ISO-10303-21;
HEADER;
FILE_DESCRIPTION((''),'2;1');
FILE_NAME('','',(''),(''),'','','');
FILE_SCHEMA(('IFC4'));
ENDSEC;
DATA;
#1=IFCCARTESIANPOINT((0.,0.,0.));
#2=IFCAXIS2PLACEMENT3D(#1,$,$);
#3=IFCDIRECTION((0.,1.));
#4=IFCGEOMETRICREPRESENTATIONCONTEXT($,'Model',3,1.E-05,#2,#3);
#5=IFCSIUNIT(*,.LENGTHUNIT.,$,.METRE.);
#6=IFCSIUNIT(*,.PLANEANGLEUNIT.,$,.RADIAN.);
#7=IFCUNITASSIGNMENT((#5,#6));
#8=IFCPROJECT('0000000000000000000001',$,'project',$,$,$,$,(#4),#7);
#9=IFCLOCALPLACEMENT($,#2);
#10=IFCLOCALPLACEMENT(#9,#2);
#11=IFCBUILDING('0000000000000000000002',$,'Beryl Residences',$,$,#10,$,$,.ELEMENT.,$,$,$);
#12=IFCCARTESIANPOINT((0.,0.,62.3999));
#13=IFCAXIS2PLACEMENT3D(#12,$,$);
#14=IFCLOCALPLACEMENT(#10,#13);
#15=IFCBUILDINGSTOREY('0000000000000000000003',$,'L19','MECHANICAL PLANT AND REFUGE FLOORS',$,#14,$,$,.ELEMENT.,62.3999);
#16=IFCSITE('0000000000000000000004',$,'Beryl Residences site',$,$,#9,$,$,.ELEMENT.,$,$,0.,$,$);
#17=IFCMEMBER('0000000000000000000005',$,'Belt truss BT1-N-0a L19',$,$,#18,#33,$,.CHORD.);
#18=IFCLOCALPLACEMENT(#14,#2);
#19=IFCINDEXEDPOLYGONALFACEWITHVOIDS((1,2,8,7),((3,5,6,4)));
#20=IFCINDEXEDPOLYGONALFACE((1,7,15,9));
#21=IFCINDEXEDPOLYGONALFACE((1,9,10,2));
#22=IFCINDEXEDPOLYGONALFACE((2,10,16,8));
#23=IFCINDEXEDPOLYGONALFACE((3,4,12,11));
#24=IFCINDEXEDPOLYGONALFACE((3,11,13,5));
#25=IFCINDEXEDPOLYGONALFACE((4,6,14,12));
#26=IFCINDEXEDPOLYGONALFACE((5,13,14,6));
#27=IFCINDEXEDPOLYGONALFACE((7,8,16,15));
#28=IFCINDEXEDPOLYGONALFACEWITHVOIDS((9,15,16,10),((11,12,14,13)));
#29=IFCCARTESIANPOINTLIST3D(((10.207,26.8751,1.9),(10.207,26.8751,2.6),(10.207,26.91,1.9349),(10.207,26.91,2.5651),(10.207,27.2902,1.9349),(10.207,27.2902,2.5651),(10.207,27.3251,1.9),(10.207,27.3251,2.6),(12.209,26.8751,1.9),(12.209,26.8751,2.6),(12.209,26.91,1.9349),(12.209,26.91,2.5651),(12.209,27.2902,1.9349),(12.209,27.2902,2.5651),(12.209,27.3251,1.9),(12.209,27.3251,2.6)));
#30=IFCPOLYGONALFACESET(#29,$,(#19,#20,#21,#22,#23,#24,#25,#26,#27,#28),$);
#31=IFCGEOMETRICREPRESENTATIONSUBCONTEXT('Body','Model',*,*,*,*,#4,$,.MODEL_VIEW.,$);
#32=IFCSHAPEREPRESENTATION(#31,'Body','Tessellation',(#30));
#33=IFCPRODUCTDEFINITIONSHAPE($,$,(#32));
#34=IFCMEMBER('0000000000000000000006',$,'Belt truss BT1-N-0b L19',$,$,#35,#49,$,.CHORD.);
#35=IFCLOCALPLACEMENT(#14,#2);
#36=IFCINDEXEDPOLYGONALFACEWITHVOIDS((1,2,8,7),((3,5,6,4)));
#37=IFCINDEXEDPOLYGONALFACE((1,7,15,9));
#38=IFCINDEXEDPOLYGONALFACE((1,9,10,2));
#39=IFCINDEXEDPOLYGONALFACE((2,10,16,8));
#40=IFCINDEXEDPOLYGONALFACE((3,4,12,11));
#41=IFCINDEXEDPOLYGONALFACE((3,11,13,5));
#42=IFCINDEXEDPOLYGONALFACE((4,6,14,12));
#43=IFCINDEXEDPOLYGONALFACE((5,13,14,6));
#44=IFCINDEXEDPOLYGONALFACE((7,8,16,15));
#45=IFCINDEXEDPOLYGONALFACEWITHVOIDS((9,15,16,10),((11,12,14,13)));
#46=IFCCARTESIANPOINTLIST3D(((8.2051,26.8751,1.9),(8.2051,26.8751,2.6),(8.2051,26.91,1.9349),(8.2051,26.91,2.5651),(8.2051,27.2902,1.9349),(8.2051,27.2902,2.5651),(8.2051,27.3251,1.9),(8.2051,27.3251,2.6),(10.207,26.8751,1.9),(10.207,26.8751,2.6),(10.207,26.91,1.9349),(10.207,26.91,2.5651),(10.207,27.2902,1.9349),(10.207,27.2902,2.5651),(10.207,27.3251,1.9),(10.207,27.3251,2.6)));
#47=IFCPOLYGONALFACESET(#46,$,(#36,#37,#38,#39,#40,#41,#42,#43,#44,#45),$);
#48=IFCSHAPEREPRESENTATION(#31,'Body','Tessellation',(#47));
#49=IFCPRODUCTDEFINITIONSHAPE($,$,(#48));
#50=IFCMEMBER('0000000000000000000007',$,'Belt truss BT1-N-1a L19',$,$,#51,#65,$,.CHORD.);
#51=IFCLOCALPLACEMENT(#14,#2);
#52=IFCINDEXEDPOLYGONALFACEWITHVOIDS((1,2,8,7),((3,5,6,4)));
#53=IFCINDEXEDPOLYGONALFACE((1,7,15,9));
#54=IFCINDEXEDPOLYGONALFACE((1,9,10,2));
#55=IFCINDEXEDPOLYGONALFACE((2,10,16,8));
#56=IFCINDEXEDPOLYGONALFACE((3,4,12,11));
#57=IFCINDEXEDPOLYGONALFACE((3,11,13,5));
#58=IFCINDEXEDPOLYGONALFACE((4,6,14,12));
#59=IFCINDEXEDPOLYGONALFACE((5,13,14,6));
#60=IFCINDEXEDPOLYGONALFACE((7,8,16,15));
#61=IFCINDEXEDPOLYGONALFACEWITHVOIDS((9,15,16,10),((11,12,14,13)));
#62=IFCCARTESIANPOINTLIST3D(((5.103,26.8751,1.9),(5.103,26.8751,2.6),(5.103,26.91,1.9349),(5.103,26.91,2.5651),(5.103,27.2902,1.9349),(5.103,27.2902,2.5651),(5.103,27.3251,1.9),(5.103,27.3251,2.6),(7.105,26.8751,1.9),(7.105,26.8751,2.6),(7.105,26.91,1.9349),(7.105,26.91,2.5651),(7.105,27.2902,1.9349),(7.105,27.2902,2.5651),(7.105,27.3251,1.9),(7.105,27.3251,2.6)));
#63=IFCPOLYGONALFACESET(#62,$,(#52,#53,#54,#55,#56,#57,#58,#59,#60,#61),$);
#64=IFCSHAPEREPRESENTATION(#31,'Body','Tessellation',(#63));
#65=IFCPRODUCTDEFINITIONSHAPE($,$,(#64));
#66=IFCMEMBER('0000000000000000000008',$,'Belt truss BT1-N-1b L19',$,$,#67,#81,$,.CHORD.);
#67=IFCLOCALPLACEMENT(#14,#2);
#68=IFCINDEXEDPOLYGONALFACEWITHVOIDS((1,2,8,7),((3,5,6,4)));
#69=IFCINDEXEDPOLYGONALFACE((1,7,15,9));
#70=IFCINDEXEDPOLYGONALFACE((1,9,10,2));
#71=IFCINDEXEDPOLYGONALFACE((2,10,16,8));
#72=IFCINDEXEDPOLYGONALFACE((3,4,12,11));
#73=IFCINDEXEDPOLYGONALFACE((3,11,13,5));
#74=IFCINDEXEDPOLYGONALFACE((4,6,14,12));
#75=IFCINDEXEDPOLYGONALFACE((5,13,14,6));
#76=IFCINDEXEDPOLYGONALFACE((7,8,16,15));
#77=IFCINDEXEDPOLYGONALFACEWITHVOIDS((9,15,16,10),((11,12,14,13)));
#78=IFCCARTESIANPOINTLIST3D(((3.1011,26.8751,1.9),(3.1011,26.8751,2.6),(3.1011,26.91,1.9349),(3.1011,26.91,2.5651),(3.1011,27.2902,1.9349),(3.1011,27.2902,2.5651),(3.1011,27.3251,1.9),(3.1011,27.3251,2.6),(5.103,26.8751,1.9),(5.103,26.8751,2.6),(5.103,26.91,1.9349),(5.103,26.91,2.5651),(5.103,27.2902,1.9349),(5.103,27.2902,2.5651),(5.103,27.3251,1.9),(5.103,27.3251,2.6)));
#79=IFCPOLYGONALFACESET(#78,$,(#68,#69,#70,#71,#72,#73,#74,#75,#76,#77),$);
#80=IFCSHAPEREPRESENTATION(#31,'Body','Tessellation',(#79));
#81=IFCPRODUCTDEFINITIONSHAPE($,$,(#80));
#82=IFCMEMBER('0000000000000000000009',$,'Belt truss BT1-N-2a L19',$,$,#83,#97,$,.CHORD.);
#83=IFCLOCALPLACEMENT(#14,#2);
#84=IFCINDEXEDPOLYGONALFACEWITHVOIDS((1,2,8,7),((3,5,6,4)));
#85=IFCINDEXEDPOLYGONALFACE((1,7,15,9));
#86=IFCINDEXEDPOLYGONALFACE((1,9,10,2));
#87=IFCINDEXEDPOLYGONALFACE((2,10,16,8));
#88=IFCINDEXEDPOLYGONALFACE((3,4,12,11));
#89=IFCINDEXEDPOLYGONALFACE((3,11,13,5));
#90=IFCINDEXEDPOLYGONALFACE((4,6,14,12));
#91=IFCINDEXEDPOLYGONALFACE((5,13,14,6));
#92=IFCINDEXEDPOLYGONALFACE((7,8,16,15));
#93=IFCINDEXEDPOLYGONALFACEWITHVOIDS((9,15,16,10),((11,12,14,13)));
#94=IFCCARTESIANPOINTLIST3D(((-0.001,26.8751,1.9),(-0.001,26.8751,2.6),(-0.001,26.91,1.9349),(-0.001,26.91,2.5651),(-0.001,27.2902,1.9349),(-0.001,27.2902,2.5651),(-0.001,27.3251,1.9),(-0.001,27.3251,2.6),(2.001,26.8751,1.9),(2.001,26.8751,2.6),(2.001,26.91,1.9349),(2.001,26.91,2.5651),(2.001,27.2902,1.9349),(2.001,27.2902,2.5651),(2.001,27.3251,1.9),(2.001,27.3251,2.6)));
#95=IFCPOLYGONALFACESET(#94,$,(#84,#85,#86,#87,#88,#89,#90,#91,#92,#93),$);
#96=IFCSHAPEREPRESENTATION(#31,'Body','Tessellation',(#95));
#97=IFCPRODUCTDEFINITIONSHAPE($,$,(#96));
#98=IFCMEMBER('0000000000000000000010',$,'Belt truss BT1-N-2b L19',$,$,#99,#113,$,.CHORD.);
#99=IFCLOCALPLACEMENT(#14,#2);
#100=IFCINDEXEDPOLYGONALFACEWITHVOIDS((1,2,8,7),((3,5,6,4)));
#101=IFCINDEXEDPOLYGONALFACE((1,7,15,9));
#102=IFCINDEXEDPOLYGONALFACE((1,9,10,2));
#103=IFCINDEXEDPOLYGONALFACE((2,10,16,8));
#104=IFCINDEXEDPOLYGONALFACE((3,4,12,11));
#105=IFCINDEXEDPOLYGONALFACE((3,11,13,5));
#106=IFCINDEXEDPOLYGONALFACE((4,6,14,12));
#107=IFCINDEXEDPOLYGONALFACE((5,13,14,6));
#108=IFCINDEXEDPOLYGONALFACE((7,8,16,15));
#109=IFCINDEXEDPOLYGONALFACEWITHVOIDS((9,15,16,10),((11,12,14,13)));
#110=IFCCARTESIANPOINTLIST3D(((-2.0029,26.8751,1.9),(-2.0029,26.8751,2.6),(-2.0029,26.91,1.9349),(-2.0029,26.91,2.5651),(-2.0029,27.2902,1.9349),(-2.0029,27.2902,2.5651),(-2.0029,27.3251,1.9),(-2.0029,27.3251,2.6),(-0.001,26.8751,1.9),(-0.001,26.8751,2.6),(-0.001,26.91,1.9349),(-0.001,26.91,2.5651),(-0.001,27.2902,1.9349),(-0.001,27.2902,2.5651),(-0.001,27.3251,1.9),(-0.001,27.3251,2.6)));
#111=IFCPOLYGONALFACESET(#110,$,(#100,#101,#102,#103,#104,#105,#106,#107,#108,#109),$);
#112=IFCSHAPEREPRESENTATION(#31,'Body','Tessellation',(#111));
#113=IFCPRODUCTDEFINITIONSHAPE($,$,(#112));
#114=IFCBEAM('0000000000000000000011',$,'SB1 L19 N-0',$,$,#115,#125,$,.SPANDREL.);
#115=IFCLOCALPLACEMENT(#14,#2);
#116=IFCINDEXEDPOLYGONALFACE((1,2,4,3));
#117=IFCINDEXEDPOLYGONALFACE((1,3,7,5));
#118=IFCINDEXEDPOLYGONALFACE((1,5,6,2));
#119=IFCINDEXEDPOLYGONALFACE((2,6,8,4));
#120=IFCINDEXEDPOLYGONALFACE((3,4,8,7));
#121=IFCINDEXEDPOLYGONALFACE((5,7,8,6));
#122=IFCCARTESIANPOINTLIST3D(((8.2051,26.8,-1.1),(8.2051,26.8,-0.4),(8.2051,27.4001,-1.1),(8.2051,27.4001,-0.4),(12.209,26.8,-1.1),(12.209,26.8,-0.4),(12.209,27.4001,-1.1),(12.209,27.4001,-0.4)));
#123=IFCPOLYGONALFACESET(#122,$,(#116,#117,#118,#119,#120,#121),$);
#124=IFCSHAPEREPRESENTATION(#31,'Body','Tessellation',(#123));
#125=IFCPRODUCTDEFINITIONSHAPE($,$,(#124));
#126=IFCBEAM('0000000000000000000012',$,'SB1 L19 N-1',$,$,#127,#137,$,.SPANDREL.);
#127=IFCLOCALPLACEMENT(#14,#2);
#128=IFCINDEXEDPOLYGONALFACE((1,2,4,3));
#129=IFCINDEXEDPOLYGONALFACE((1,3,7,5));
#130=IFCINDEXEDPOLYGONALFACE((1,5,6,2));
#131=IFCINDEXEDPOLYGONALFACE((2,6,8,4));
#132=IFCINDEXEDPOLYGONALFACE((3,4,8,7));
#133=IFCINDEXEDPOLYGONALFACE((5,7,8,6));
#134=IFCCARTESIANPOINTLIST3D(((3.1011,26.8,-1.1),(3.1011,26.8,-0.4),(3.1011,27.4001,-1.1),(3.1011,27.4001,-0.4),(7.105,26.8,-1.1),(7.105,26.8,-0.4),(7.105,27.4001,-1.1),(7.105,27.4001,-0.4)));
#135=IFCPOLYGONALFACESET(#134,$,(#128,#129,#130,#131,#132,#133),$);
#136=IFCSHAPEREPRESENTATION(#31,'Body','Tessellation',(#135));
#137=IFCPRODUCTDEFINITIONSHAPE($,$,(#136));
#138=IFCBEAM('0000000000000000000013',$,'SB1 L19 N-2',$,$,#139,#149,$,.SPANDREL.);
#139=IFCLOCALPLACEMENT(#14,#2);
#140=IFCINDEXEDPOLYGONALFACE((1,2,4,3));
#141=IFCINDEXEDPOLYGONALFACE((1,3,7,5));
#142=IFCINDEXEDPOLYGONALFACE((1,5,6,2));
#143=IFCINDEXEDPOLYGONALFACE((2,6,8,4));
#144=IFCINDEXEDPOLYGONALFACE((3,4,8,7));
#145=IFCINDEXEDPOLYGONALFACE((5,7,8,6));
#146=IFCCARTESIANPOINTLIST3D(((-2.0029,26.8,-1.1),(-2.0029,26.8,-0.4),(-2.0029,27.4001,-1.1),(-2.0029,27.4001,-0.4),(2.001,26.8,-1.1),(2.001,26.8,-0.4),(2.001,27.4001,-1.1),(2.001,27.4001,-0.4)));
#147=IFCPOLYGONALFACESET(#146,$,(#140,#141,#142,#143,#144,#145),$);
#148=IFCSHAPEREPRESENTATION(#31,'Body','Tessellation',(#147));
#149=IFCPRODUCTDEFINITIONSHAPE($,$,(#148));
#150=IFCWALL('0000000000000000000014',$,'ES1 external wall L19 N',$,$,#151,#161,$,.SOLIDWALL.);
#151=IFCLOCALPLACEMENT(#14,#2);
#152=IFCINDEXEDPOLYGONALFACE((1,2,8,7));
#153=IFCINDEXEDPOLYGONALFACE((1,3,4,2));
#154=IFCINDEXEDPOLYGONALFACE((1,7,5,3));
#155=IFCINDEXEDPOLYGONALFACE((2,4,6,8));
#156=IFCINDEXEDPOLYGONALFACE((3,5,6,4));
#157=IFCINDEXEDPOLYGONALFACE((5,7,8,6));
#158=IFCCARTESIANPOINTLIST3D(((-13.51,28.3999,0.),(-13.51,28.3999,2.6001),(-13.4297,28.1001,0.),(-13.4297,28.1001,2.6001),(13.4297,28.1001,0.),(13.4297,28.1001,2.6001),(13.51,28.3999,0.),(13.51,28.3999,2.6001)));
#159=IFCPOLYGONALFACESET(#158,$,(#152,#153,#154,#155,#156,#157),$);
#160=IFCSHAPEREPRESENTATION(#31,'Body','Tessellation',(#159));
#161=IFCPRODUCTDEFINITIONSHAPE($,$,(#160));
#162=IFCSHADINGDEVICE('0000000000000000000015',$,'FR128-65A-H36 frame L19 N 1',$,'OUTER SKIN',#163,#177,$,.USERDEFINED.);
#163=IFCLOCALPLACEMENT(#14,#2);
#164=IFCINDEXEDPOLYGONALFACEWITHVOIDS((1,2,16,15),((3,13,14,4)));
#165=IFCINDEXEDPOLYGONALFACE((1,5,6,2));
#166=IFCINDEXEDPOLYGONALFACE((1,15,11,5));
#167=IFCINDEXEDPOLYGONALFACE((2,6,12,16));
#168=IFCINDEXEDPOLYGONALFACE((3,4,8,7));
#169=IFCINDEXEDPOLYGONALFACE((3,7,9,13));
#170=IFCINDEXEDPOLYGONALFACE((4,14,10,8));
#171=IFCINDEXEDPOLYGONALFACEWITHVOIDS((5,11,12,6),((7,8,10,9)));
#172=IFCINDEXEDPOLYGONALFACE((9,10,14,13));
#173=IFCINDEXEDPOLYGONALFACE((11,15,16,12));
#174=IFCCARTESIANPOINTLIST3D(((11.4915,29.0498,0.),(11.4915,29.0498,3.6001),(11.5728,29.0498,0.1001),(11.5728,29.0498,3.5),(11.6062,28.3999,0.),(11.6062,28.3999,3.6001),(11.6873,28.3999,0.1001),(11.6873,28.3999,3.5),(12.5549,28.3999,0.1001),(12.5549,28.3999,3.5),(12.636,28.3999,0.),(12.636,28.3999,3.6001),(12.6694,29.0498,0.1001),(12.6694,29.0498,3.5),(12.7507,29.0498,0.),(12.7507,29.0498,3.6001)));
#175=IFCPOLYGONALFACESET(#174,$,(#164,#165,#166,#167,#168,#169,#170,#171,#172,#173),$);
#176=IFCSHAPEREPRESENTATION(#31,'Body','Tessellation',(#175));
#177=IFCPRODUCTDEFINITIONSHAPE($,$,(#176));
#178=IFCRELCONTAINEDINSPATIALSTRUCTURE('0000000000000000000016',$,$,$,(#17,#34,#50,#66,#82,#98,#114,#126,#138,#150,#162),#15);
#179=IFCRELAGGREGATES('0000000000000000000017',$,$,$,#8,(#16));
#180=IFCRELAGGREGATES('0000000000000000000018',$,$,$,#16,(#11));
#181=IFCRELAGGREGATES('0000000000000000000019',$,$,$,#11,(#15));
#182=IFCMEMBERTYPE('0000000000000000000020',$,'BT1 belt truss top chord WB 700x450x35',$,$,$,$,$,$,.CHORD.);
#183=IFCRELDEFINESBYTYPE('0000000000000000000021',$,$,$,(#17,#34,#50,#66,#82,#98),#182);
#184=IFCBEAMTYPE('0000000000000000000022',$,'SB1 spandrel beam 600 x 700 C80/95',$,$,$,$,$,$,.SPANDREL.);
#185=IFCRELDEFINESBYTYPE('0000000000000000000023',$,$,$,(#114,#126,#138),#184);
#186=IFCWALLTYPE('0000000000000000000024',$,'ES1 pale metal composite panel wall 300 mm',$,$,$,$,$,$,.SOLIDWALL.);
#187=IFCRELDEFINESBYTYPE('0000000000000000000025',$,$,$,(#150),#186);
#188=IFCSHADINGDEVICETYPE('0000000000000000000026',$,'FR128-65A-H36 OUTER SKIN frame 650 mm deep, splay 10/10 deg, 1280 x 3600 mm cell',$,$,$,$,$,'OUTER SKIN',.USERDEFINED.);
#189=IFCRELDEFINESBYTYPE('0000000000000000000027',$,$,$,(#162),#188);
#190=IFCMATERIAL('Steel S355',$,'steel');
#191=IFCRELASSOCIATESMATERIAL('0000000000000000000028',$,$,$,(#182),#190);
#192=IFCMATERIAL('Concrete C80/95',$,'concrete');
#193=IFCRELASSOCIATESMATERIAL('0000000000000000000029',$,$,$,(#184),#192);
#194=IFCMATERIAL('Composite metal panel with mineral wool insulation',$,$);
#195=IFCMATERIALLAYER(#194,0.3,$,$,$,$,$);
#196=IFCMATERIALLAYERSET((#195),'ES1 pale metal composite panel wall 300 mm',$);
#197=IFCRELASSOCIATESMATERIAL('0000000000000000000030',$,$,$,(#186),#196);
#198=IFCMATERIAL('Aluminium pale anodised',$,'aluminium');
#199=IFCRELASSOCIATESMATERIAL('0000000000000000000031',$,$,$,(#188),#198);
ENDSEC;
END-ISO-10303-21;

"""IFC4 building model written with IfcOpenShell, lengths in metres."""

from ifc_helpers import new_model, entity, si_unit, direction, frame, origin, origin_2d, place, context, subcontext, project, spatial, polyline, rectangle, hollow_rectangle, outline, extrude, source, transform, mapped, material, layer, layer_set, material_profile, profile_set, type_object, type_shapes, element, save


model = new_model("IFC4")

# Units and contexts
model_context = context("Model", 3, precision=1e-05, world=origin(), true_north=direction((0.0, 1.0)))
body_context = subcontext(model_context, "Body", "Model", "MODEL_VIEW")
ifc_project = project(units=[si_unit("LENGTHUNIT", "METRE"), si_unit("PLANEANGLEUNIT", "RADIAN")], contexts=[model_context])

# Site, building, storey
site_placement = place(None, origin())
site = spatial("IfcSite", under=ifc_project, at=site_placement, Name="Beryl Residences site", CompositionType="ELEMENT", RefElevation=0.0)
building_placement = place(site_placement, origin())
building = spatial("IfcBuilding", under=site, at=building_placement, Name="Beryl Residences", CompositionType="ELEMENT")
storey_placement = place(building_placement, frame((0.0, 0.0, 62.3999)))
storey = spatial("IfcBuildingStorey", under=building, at=storey_placement, Name="L19", Description="MECHANICAL PLANT AND REFUGE FLOORS", CompositionType="ELEMENT", Elevation=62.3999)

# Members
ifc_material_1 = material(Name="Steel S355", Category="steel")
ifc_material_profile_1 = material_profile(ifc_material_1, hollow_rectangle(XDim=0.45, YDim=0.7, WallThickness=0.0349, at=origin_2d()))
ifc_profile_set_1 = profile_set([ifc_material_profile_1], Name="Steel S355")
member_type_1 = type_object("IfcMemberType", Name="BT1 belt truss top chord WB 700x450x35", PredefinedType="CHORD", material=ifc_profile_set_1)
for number, where, z_axis, x_axis, name in (
    (1, (12.209, 27.1001, 2.25), (-1.0, 0.0, 0.0), (0.0, -1.0, 0.0), "Belt truss BT1-N-0a L19"),
    (2, (10.207, 27.1001, 2.25), (-1.0, 0.0, 0.0), (0.0, -1.0, 0.0), "Belt truss BT1-N-0b L19"),
    (3, (7.105, 27.1001, 2.25), (-1.0, 0.0, 0.0), (0.0, -1.0, 0.0), "Belt truss BT1-N-1a L19"),
    (4, (5.103, 27.1001, 2.25), (-1.0, 0.0, 0.0), (0.0, -1.0, 0.0), "Belt truss BT1-N-1b L19"),
    (5, (2.001, 27.1001, 2.25), (-1.0, 0.0, 0.0), (0.0, -1.0, 0.0), "Belt truss BT1-N-2a L19"),
    (6, (-0.001, 27.1001, 2.25), (-1.0, 0.0, 0.0), (0.0, -1.0, 0.0), "Belt truss BT1-N-2b L19"),
):
    element("IfcMember", number, at=place(storey_placement, frame(where, z_axis=z_axis, x_axis=x_axis)), inside=storey, type_object=member_type_1, Name=name, PredefinedType="CHORD", context=body_context, shape_type="SweptSolid", body=[
        extrude(hollow_rectangle(XDim=0.45, YDim=0.7, WallThickness=0.0349, at=origin_2d()), origin(), (0.0, 0.0, 1.0), 2.002),
    ])

# Beams
ifc_material_2 = material(Name="Concrete C80/95", Category="concrete")
ifc_material_profile_2 = material_profile(ifc_material_2, rectangle(XDim=0.6001, YDim=0.7, at=origin_2d()))
ifc_profile_set_2 = profile_set([ifc_material_profile_2], Name="Concrete C80/95")
beam_type = type_object("IfcBeamType", Name="SB1 spandrel beam 600 x 700 C80/95", PredefinedType="SPANDREL", material=ifc_profile_set_2)
for number, where, z_axis, x_axis, name in (
    (7, (12.209, 27.1001, -0.75), (-1.0, 0.0, 0.0), (0.0, -1.0, 0.0), "SB1 L19 N-0"),
    (8, (7.105, 27.1001, -0.75), (-1.0, 0.0, 0.0), (0.0, -1.0, 0.0), "SB1 L19 N-1"),
    (9, (2.001, 27.1001, -0.75), (-1.0, 0.0, 0.0), (0.0, -1.0, 0.0), "SB1 L19 N-2"),
):
    element("IfcBeam", number, at=place(storey_placement, frame(where, z_axis=z_axis, x_axis=x_axis)), inside=storey, type_object=beam_type, Name=name, PredefinedType="SPANDREL", context=body_context, shape_type="SweptSolid", body=[
        extrude(rectangle(XDim=0.6001, YDim=0.7, at=origin_2d()), origin(), (0.0, 0.0, 1.0), 4.0039),
    ])

# Wall
ifc_material_3 = material(Name="Composite metal panel with mineral wool insulation")
ifc_layer = layer(ifc_material_3, 0.3)
ifc_layer_set = layer_set([ifc_layer], Name="ES1 pale metal composite panel wall 300 mm")
wall_type = type_object("IfcWallType", Name="ES1 pale metal composite panel wall 300 mm", PredefinedType="SOLIDWALL", material=ifc_layer_set)
wall_placement = place(storey_placement, frame((13.51, 28.25, 0.0), z_axis=(0.0, 0.0, 1.0), x_axis=(-1.0, 0.0, 0.0)))
element("IfcWall", 10, at=wall_placement, inside=storey, type_object=wall_type, Name="ES1 external wall L19 N", PredefinedType="SOLIDWALL", context=body_context, shape_type="SweptSolid", body=[
    extrude(outline(polyline([(0.0, -0.1499), (27.02, -0.1499), (26.9397, 0.1499), (0.0803, 0.1499), (0.0, -0.1499)])), origin(), (0.0, 0.0, 1.0), 2.6001),
])

# Shading device
ifc_material_4 = material(Name="Aluminium pale anodised", Category="aluminium")
shading_device_type_1 = type_object("IfcShadingDeviceType", Name="FR128-65A-H36 OUTER SKIN frame 650 mm deep, splay 10/10 deg, 1280 x 3600 mm cell", ElementType="OUTER SKIN", PredefinedType="USERDEFINED", material=ifc_material_4)
cartesian_point_1 = entity("IfcCartesianPoint", [-0.5149, 0.0])
cartesian_point_2 = entity("IfcCartesianPoint", [-0.4338, 0.1001])
cartesian_point_3 = entity("IfcCartesianPoint", [-0.6296, 0.0])
cartesian_point_4 = entity("IfcCartesianPoint", [-0.5483, 0.1001])
shared_shape_1 = source(origin(), body_context, "Body", "SweptSolid", [
    entity("IfcExtrudedAreaSolidTapered", entity("IfcArbitraryProfileDefWithVoids", "AREA", None, entity("IfcPolyline", [cartesian_point_1, entity("IfcCartesianPoint", [0.5149, 0.0]), entity("IfcCartesianPoint", [0.5149, 3.6001]), entity("IfcCartesianPoint", [-0.5149, 3.6001]), cartesian_point_1]), [entity("IfcPolyline", [cartesian_point_2, entity("IfcCartesianPoint", [0.4338, 0.1001]), entity("IfcCartesianPoint", [0.4338, 3.5]), entity("IfcCartesianPoint", [-0.4338, 3.5]), cartesian_point_2])]), entity("IfcAxis2Placement3D", entity("IfcCartesianPoint", [0.0, 0.0, 0.0]), entity("IfcDirection", [0.0, 1.0, 0.0]), entity("IfcDirection", [-1.0, 0.0, 0.0])), entity("IfcDirection", [0.0, 0.0, 1.0]), 0.6499, entity("IfcArbitraryProfileDefWithVoids", "AREA", None, entity("IfcPolyline", [cartesian_point_3, entity("IfcCartesianPoint", [0.6296, 0.0]), entity("IfcCartesianPoint", [0.6296, 3.6001]), entity("IfcCartesianPoint", [-0.6296, 3.6001]), cartesian_point_3]), [entity("IfcPolyline", [cartesian_point_4, entity("IfcCartesianPoint", [0.5483, 0.1001]), entity("IfcCartesianPoint", [0.5483, 3.5]), entity("IfcCartesianPoint", [-0.5483, 3.5]), cartesian_point_4])])),
])
type_shapes(shading_device_type_1, [shared_shape_1])
shading_device_1_placement = place(storey_placement, frame((12.1211, 28.3999, 0.0), z_axis=(0.0, 0.0, 1.0), x_axis=(1.0, 0.0, 0.0)))
element("IfcShadingDevice", 11, at=shading_device_1_placement, inside=storey, type_object=shading_device_type_1, Name="FR128-65A-H36 frame L19 N 1", ObjectType="OUTER SKIN", PredefinedType="USERDEFINED", context=body_context, shape_type="MappedRepresentation", body=[
    mapped(shared_shape_1, transform((0.0, 0.0, 0.0))),
])

save(model, "model.ifc")
